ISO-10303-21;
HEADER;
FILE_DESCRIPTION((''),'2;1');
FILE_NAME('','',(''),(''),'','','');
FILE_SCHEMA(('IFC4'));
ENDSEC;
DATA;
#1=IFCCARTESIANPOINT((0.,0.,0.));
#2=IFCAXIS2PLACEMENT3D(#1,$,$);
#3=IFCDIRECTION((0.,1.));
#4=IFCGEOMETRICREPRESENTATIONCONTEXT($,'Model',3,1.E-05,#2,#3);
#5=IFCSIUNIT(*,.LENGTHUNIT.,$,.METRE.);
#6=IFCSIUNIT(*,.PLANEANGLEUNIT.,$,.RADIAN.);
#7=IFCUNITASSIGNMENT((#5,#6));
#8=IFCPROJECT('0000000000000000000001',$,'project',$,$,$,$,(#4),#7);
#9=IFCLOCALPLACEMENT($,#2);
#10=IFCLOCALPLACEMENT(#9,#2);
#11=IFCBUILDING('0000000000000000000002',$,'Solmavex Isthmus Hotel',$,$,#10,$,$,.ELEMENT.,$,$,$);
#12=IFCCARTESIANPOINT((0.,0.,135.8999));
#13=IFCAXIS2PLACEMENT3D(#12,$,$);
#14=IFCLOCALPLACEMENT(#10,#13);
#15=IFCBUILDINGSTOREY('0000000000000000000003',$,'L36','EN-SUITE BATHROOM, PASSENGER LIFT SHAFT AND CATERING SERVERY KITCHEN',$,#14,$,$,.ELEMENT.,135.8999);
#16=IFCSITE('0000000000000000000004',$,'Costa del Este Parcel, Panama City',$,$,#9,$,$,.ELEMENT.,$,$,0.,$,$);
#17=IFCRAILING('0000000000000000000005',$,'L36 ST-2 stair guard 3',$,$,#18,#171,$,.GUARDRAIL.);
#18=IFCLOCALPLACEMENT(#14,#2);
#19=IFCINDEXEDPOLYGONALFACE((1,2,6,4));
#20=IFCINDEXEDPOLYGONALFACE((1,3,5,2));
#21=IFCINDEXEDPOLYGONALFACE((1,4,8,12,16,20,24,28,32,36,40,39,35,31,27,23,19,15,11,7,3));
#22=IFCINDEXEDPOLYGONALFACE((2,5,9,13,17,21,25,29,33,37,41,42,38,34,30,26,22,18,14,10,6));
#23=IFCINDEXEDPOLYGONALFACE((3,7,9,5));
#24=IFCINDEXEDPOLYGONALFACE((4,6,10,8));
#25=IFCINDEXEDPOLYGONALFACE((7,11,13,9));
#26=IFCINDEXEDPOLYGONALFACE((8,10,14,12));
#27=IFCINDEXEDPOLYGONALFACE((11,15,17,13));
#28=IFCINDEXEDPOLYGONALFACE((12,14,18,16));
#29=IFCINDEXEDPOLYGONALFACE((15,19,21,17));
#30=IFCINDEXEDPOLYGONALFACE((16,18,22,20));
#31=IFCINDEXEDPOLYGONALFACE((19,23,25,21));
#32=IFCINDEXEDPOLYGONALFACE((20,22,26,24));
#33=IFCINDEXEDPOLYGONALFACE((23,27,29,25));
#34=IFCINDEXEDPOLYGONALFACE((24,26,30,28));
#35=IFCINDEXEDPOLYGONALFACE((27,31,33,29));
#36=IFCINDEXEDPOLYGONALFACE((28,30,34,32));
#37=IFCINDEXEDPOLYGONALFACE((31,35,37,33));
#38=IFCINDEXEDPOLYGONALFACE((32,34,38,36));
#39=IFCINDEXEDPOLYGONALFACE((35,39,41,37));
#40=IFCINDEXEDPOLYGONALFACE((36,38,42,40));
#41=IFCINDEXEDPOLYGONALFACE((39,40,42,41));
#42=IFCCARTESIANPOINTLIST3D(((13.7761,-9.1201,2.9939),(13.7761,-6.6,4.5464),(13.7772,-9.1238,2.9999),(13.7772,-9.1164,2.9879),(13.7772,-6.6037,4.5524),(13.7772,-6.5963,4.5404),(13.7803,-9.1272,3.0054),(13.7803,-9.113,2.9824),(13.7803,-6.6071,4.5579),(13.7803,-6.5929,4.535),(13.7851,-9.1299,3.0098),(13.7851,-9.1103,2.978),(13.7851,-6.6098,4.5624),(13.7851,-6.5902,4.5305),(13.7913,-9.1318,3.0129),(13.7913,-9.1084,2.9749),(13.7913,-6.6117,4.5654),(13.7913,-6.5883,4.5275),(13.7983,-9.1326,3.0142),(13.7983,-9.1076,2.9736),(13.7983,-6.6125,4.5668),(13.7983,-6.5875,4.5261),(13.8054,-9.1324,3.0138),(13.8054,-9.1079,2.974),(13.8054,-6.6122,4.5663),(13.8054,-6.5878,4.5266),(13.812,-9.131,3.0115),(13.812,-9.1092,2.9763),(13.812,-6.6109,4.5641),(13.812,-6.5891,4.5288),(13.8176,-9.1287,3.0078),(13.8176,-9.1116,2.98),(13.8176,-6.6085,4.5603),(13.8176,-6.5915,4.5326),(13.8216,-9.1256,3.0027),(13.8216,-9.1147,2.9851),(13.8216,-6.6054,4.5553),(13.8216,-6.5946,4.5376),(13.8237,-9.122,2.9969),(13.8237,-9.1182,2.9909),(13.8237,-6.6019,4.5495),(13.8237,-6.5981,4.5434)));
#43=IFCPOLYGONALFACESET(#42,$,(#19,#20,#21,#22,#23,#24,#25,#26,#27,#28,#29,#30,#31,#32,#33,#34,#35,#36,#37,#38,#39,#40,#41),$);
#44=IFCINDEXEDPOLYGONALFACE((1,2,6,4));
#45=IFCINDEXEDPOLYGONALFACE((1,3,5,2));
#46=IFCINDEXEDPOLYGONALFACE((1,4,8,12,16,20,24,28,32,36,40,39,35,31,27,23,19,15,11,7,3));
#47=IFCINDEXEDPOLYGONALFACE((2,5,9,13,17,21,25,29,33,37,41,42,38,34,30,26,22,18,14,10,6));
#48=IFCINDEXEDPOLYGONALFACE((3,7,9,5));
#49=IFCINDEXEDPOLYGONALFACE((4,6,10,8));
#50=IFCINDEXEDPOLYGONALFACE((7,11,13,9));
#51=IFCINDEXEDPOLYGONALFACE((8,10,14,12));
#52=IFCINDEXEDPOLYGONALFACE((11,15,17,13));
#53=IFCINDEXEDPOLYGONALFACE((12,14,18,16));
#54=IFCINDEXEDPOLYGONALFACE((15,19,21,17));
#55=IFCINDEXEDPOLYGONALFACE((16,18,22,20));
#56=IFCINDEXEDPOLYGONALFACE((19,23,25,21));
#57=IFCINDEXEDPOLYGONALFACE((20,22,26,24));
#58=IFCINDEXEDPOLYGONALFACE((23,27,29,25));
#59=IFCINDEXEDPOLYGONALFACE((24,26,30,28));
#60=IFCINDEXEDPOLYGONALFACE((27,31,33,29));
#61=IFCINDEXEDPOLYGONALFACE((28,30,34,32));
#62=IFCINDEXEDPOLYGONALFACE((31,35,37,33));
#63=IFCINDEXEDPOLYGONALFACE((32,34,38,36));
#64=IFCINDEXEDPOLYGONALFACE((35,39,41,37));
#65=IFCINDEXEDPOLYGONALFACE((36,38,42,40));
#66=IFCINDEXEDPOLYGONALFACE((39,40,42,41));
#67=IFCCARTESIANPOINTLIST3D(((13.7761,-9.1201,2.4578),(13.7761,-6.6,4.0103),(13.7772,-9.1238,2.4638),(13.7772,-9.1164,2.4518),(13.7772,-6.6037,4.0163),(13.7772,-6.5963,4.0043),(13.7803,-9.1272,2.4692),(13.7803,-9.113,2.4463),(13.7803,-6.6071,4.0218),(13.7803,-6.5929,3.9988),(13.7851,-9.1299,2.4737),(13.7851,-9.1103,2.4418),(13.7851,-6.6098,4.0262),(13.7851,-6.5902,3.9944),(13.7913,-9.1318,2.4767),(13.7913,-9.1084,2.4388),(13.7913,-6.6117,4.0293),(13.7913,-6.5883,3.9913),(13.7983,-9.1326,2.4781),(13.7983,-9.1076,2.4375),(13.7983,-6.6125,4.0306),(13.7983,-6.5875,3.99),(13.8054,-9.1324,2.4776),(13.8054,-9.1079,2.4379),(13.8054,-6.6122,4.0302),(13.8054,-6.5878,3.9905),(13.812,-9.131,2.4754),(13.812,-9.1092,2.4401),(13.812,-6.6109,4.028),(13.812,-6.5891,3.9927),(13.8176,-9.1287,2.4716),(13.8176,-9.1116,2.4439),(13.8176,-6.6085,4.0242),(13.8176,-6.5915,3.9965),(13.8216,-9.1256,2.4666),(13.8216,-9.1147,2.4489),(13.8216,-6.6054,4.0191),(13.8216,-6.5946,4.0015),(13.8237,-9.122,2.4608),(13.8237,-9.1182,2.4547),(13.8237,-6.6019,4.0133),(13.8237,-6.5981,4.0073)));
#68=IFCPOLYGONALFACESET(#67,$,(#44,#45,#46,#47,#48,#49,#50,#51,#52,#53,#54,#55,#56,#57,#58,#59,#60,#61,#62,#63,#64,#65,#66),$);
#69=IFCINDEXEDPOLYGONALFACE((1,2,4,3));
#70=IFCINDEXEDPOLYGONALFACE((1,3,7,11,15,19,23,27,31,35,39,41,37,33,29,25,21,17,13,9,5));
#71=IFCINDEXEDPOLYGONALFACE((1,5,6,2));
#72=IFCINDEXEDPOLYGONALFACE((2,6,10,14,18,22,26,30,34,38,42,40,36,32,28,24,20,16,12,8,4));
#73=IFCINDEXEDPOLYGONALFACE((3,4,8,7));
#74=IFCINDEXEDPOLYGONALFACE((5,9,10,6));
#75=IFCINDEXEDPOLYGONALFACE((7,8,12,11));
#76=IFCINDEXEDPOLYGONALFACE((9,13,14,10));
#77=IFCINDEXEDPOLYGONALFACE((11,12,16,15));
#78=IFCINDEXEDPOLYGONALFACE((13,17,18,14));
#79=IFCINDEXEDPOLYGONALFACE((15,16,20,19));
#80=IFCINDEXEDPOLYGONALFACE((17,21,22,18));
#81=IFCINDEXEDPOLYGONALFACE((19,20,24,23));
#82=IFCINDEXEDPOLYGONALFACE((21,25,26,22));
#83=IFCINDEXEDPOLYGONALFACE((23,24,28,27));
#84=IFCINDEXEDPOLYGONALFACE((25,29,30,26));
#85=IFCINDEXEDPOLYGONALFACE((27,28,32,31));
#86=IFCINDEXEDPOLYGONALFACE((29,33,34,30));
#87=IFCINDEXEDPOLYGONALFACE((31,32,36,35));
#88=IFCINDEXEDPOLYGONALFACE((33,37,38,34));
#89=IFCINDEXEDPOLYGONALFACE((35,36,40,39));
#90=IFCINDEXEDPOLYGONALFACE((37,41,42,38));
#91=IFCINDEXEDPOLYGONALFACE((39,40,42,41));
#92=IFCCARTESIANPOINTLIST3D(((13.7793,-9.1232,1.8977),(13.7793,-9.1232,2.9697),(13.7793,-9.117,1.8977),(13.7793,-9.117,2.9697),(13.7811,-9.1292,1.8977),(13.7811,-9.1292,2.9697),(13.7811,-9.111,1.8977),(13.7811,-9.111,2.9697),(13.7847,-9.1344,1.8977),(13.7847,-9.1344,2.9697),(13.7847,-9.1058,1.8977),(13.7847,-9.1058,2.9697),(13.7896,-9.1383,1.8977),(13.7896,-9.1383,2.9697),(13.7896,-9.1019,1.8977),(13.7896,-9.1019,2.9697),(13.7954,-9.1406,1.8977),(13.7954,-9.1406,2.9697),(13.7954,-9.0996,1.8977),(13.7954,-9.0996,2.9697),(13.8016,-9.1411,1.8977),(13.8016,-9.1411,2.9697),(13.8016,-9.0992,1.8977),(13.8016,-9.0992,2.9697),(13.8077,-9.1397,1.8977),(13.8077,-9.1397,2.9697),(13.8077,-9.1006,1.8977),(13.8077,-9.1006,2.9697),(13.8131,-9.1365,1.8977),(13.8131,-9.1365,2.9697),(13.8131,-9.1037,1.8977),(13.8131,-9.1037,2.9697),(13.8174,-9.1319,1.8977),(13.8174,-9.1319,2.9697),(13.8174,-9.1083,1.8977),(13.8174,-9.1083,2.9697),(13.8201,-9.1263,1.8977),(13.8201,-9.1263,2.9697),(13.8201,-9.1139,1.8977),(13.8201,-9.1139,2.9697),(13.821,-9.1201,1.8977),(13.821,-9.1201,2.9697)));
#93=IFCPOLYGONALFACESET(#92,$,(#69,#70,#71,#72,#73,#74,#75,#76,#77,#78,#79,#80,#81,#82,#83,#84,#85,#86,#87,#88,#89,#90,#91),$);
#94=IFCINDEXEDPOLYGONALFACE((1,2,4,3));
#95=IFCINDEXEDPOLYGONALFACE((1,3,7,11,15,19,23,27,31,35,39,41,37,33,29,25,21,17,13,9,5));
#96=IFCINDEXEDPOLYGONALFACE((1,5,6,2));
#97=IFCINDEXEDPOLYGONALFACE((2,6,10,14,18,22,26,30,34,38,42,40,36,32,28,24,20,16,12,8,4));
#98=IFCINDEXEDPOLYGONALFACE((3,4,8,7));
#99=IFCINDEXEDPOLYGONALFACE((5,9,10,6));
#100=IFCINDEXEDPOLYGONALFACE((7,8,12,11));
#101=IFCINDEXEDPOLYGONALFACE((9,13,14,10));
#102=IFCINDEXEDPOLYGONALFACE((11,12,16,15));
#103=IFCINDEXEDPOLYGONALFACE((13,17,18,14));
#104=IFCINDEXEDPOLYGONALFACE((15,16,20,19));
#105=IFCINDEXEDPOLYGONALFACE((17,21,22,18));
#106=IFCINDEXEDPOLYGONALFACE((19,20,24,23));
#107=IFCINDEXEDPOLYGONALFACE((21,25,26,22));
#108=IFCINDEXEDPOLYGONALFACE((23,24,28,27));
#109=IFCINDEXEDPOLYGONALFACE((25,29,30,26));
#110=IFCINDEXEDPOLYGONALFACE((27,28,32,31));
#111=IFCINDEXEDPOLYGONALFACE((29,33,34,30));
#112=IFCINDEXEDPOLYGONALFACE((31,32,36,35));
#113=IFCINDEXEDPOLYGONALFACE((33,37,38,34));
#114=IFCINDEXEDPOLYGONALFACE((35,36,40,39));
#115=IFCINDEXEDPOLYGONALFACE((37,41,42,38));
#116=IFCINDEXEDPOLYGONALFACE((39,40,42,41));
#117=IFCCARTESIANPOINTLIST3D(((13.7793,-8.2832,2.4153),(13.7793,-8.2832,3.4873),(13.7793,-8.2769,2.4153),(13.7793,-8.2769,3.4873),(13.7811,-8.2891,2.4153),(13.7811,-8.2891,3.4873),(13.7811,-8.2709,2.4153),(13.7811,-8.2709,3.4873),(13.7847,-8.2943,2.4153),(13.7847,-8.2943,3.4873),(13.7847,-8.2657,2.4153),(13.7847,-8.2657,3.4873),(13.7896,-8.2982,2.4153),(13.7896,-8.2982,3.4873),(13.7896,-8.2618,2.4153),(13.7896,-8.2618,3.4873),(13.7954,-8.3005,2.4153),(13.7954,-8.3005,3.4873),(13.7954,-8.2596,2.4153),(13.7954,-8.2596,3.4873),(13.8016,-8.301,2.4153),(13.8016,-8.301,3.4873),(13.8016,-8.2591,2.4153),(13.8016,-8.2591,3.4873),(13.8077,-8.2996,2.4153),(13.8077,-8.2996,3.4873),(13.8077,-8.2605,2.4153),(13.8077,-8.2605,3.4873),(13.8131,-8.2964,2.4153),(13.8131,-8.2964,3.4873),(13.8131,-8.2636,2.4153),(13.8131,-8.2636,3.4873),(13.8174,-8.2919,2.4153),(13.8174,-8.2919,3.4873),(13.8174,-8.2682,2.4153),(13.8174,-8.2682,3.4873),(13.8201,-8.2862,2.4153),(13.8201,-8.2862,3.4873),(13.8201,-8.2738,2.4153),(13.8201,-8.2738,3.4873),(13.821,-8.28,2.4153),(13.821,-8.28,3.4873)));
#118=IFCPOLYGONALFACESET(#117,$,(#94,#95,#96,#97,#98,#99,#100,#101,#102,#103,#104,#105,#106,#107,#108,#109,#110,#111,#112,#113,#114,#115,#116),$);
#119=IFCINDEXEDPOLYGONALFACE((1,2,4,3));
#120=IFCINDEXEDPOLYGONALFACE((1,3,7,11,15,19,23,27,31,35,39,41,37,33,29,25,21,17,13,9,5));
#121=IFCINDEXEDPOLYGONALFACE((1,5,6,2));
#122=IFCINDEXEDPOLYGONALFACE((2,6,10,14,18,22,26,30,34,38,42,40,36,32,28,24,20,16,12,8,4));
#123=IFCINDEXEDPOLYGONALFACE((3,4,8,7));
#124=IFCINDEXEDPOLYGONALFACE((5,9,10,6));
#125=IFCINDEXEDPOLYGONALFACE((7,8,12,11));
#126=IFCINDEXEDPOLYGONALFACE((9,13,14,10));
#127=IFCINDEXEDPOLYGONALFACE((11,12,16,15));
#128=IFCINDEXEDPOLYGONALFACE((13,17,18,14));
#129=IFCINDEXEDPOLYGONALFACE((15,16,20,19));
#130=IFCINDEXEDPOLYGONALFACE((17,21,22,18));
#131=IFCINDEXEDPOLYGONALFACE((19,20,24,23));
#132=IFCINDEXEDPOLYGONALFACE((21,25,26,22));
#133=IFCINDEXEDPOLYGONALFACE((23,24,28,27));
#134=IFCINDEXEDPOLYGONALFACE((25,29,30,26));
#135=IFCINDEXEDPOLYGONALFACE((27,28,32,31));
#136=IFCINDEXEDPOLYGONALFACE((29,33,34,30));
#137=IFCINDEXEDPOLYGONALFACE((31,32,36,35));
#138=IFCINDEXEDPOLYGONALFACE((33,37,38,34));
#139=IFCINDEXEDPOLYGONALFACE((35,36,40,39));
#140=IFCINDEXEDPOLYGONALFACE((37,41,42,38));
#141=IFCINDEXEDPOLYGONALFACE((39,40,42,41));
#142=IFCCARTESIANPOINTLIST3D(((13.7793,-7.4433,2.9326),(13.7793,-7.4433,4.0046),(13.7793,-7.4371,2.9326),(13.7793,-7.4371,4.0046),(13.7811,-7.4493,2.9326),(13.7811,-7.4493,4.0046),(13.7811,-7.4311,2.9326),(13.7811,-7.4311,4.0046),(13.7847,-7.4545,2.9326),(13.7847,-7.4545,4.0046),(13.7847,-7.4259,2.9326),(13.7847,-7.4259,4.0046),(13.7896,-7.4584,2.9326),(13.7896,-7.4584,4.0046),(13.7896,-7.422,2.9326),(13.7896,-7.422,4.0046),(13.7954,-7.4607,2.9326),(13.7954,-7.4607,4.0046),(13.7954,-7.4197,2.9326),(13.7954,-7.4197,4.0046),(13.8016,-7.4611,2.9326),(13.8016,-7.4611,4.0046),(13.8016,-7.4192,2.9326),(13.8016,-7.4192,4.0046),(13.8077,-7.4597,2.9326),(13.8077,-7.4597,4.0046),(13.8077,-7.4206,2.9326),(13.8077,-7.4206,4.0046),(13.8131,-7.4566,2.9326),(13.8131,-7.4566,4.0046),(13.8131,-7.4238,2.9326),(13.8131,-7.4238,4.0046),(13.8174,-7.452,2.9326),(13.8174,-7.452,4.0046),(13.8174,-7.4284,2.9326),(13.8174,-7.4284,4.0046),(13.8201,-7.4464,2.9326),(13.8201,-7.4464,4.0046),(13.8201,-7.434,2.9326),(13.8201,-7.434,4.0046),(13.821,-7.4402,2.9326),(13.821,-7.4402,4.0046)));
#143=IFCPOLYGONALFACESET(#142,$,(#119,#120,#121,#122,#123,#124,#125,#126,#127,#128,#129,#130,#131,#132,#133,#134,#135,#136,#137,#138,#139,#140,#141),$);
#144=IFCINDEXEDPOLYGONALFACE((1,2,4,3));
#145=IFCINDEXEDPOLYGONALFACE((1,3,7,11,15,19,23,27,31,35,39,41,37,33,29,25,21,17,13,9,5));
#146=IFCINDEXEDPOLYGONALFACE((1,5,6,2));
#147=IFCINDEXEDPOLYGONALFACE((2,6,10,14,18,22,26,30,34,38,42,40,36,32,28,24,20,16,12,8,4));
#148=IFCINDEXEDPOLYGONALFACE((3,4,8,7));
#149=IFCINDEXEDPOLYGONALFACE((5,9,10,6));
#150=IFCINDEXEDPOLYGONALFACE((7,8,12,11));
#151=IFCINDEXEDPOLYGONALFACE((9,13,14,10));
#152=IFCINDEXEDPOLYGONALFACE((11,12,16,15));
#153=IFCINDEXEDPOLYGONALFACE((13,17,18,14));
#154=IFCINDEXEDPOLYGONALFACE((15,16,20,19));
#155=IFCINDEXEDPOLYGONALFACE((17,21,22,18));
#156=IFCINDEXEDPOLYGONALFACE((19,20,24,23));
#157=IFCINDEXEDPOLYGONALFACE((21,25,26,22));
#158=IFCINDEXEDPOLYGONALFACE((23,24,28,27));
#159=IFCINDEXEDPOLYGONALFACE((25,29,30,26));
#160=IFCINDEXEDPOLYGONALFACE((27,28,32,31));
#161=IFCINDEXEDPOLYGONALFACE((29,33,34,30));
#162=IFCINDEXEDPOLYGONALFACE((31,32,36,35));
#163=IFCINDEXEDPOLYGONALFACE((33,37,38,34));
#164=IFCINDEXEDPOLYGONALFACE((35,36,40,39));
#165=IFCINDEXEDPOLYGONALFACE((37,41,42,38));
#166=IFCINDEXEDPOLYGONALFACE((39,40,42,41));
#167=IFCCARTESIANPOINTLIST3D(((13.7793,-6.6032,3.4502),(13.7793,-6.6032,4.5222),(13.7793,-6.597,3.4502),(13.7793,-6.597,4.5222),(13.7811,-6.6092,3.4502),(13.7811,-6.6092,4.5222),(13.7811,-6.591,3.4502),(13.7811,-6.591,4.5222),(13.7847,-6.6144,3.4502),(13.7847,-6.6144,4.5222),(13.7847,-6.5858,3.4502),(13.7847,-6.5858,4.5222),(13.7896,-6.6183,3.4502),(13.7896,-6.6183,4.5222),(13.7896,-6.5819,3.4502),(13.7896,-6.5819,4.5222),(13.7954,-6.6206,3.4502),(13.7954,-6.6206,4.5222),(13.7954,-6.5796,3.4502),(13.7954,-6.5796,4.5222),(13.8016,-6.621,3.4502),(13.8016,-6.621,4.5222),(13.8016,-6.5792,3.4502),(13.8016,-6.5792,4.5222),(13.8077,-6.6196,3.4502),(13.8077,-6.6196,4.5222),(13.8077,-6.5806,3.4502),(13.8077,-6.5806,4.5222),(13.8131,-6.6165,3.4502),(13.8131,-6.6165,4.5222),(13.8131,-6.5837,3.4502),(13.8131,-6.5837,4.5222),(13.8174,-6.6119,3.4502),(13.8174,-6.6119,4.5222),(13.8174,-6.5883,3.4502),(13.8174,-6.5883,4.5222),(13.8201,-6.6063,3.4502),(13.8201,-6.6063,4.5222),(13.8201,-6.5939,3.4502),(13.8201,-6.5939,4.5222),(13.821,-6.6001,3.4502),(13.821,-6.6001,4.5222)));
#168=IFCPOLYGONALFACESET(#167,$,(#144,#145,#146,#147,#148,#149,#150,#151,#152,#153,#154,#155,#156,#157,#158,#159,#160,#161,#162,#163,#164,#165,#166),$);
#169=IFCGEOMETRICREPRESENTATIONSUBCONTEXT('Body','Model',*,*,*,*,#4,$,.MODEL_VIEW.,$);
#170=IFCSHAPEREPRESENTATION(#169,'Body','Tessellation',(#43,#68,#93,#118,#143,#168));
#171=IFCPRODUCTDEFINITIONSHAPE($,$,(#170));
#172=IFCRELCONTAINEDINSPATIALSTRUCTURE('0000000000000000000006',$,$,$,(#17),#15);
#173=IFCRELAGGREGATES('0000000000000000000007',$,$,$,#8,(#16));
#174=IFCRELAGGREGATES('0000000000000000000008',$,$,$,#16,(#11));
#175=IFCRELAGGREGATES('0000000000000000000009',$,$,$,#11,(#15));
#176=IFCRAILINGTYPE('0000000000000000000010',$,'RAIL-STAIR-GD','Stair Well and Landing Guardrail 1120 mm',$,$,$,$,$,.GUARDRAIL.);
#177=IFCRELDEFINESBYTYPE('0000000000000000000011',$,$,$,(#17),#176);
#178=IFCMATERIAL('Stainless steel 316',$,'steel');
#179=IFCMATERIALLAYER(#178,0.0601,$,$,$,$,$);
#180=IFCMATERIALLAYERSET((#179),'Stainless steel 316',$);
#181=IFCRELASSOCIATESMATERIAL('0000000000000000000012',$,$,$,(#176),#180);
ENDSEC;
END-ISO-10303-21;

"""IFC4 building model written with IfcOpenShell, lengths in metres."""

from ifc_helpers import new_model, si_unit, direction, frame, origin, origin_2d, place, context, subcontext, project, spatial, circle, extrude, material, layer, layer_set, type_object, element, save


model = new_model("IFC4")

# Units and contexts
model_context = context("Model", 3, precision=1e-05, world=origin(), true_north=direction((0.0, 1.0)))
body_context = subcontext(model_context, "Body", "Model", "MODEL_VIEW")
ifc_project = project(units=[si_unit("LENGTHUNIT", "METRE"), si_unit("PLANEANGLEUNIT", "RADIAN")], contexts=[model_context])

# Site, building, storey
site_placement = place(None, origin())
site = spatial("IfcSite", under=ifc_project, at=site_placement, Name="Costa del Este Parcel, Panama City", CompositionType="ELEMENT", RefElevation=0.0)
building_placement = place(site_placement, origin())
building = spatial("IfcBuilding", under=site, at=building_placement, Name="Solmavex Isthmus Hotel", CompositionType="ELEMENT")
storey_placement = place(building_placement, frame((0.0, 0.0, 135.8999)))
storey = spatial("IfcBuildingStorey", under=building, at=storey_placement, Name="L36", Description="EN-SUITE BATHROOM, PASSENGER LIFT SHAFT AND CATERING SERVERY KITCHEN", CompositionType="ELEMENT", Elevation=135.8999)

# Railing
ifc_material_1 = material(Name="Stainless steel 316", Category="steel")
ifc_layer_1 = layer(ifc_material_1, 0.0601)
ifc_layer_set_1 = layer_set([ifc_layer_1], Name="Stainless steel 316")
railing_type_1 = type_object("IfcRailingType", Name="RAIL-STAIR-GD", Description="Stair Well and Landing Guardrail 1120 mm", PredefinedType="GUARDRAIL", material=ifc_layer_set_1)
railing_1_placement = place(storey_placement, frame((13.8, -9.1201, 1.8977)))
element("IfcRailing", 1, at=railing_1_placement, inside=storey, type_object=railing_type_1, Name="L36 ST-2 stair guard 3", PredefinedType="GUARDRAIL", context=body_context, shape_type="SweptSolid", body=[
    extrude(circle(Radius=0.0239, at=origin_2d()), frame((0.0, 0.0, 1.0962), z_axis=(0.0, 0.8514, 0.524516), x_axis=(-1.0, 0.0, 0.0)), (0.0, 0.0, 1.0), 2.96),
    extrude(circle(Radius=0.0239, at=origin_2d()), frame((0.0, 0.0, 0.5601), z_axis=(0.0, 0.8514, 0.524516), x_axis=(-1.0, 0.0, 0.0)), (0.0, 0.0, 1.0), 2.96),
    extrude(circle(Radius=0.021, at=origin_2d()), origin(), (0.0, 0.0, 1.0), 1.072),
    extrude(circle(Radius=0.021, at=origin_2d()), frame((0.0, 0.8401, 0.5176)), (0.0, 0.0, 1.0), 1.072),
    extrude(circle(Radius=0.021, at=origin_2d()), frame((0.0, 1.6799, 1.0349)), (0.0, 0.0, 1.0), 1.072),
    extrude(circle(Radius=0.021, at=origin_2d()), frame((0.0, 2.52, 1.5525)), (0.0, 0.0, 1.0), 1.072),
])

save(model, "model.ifc")
